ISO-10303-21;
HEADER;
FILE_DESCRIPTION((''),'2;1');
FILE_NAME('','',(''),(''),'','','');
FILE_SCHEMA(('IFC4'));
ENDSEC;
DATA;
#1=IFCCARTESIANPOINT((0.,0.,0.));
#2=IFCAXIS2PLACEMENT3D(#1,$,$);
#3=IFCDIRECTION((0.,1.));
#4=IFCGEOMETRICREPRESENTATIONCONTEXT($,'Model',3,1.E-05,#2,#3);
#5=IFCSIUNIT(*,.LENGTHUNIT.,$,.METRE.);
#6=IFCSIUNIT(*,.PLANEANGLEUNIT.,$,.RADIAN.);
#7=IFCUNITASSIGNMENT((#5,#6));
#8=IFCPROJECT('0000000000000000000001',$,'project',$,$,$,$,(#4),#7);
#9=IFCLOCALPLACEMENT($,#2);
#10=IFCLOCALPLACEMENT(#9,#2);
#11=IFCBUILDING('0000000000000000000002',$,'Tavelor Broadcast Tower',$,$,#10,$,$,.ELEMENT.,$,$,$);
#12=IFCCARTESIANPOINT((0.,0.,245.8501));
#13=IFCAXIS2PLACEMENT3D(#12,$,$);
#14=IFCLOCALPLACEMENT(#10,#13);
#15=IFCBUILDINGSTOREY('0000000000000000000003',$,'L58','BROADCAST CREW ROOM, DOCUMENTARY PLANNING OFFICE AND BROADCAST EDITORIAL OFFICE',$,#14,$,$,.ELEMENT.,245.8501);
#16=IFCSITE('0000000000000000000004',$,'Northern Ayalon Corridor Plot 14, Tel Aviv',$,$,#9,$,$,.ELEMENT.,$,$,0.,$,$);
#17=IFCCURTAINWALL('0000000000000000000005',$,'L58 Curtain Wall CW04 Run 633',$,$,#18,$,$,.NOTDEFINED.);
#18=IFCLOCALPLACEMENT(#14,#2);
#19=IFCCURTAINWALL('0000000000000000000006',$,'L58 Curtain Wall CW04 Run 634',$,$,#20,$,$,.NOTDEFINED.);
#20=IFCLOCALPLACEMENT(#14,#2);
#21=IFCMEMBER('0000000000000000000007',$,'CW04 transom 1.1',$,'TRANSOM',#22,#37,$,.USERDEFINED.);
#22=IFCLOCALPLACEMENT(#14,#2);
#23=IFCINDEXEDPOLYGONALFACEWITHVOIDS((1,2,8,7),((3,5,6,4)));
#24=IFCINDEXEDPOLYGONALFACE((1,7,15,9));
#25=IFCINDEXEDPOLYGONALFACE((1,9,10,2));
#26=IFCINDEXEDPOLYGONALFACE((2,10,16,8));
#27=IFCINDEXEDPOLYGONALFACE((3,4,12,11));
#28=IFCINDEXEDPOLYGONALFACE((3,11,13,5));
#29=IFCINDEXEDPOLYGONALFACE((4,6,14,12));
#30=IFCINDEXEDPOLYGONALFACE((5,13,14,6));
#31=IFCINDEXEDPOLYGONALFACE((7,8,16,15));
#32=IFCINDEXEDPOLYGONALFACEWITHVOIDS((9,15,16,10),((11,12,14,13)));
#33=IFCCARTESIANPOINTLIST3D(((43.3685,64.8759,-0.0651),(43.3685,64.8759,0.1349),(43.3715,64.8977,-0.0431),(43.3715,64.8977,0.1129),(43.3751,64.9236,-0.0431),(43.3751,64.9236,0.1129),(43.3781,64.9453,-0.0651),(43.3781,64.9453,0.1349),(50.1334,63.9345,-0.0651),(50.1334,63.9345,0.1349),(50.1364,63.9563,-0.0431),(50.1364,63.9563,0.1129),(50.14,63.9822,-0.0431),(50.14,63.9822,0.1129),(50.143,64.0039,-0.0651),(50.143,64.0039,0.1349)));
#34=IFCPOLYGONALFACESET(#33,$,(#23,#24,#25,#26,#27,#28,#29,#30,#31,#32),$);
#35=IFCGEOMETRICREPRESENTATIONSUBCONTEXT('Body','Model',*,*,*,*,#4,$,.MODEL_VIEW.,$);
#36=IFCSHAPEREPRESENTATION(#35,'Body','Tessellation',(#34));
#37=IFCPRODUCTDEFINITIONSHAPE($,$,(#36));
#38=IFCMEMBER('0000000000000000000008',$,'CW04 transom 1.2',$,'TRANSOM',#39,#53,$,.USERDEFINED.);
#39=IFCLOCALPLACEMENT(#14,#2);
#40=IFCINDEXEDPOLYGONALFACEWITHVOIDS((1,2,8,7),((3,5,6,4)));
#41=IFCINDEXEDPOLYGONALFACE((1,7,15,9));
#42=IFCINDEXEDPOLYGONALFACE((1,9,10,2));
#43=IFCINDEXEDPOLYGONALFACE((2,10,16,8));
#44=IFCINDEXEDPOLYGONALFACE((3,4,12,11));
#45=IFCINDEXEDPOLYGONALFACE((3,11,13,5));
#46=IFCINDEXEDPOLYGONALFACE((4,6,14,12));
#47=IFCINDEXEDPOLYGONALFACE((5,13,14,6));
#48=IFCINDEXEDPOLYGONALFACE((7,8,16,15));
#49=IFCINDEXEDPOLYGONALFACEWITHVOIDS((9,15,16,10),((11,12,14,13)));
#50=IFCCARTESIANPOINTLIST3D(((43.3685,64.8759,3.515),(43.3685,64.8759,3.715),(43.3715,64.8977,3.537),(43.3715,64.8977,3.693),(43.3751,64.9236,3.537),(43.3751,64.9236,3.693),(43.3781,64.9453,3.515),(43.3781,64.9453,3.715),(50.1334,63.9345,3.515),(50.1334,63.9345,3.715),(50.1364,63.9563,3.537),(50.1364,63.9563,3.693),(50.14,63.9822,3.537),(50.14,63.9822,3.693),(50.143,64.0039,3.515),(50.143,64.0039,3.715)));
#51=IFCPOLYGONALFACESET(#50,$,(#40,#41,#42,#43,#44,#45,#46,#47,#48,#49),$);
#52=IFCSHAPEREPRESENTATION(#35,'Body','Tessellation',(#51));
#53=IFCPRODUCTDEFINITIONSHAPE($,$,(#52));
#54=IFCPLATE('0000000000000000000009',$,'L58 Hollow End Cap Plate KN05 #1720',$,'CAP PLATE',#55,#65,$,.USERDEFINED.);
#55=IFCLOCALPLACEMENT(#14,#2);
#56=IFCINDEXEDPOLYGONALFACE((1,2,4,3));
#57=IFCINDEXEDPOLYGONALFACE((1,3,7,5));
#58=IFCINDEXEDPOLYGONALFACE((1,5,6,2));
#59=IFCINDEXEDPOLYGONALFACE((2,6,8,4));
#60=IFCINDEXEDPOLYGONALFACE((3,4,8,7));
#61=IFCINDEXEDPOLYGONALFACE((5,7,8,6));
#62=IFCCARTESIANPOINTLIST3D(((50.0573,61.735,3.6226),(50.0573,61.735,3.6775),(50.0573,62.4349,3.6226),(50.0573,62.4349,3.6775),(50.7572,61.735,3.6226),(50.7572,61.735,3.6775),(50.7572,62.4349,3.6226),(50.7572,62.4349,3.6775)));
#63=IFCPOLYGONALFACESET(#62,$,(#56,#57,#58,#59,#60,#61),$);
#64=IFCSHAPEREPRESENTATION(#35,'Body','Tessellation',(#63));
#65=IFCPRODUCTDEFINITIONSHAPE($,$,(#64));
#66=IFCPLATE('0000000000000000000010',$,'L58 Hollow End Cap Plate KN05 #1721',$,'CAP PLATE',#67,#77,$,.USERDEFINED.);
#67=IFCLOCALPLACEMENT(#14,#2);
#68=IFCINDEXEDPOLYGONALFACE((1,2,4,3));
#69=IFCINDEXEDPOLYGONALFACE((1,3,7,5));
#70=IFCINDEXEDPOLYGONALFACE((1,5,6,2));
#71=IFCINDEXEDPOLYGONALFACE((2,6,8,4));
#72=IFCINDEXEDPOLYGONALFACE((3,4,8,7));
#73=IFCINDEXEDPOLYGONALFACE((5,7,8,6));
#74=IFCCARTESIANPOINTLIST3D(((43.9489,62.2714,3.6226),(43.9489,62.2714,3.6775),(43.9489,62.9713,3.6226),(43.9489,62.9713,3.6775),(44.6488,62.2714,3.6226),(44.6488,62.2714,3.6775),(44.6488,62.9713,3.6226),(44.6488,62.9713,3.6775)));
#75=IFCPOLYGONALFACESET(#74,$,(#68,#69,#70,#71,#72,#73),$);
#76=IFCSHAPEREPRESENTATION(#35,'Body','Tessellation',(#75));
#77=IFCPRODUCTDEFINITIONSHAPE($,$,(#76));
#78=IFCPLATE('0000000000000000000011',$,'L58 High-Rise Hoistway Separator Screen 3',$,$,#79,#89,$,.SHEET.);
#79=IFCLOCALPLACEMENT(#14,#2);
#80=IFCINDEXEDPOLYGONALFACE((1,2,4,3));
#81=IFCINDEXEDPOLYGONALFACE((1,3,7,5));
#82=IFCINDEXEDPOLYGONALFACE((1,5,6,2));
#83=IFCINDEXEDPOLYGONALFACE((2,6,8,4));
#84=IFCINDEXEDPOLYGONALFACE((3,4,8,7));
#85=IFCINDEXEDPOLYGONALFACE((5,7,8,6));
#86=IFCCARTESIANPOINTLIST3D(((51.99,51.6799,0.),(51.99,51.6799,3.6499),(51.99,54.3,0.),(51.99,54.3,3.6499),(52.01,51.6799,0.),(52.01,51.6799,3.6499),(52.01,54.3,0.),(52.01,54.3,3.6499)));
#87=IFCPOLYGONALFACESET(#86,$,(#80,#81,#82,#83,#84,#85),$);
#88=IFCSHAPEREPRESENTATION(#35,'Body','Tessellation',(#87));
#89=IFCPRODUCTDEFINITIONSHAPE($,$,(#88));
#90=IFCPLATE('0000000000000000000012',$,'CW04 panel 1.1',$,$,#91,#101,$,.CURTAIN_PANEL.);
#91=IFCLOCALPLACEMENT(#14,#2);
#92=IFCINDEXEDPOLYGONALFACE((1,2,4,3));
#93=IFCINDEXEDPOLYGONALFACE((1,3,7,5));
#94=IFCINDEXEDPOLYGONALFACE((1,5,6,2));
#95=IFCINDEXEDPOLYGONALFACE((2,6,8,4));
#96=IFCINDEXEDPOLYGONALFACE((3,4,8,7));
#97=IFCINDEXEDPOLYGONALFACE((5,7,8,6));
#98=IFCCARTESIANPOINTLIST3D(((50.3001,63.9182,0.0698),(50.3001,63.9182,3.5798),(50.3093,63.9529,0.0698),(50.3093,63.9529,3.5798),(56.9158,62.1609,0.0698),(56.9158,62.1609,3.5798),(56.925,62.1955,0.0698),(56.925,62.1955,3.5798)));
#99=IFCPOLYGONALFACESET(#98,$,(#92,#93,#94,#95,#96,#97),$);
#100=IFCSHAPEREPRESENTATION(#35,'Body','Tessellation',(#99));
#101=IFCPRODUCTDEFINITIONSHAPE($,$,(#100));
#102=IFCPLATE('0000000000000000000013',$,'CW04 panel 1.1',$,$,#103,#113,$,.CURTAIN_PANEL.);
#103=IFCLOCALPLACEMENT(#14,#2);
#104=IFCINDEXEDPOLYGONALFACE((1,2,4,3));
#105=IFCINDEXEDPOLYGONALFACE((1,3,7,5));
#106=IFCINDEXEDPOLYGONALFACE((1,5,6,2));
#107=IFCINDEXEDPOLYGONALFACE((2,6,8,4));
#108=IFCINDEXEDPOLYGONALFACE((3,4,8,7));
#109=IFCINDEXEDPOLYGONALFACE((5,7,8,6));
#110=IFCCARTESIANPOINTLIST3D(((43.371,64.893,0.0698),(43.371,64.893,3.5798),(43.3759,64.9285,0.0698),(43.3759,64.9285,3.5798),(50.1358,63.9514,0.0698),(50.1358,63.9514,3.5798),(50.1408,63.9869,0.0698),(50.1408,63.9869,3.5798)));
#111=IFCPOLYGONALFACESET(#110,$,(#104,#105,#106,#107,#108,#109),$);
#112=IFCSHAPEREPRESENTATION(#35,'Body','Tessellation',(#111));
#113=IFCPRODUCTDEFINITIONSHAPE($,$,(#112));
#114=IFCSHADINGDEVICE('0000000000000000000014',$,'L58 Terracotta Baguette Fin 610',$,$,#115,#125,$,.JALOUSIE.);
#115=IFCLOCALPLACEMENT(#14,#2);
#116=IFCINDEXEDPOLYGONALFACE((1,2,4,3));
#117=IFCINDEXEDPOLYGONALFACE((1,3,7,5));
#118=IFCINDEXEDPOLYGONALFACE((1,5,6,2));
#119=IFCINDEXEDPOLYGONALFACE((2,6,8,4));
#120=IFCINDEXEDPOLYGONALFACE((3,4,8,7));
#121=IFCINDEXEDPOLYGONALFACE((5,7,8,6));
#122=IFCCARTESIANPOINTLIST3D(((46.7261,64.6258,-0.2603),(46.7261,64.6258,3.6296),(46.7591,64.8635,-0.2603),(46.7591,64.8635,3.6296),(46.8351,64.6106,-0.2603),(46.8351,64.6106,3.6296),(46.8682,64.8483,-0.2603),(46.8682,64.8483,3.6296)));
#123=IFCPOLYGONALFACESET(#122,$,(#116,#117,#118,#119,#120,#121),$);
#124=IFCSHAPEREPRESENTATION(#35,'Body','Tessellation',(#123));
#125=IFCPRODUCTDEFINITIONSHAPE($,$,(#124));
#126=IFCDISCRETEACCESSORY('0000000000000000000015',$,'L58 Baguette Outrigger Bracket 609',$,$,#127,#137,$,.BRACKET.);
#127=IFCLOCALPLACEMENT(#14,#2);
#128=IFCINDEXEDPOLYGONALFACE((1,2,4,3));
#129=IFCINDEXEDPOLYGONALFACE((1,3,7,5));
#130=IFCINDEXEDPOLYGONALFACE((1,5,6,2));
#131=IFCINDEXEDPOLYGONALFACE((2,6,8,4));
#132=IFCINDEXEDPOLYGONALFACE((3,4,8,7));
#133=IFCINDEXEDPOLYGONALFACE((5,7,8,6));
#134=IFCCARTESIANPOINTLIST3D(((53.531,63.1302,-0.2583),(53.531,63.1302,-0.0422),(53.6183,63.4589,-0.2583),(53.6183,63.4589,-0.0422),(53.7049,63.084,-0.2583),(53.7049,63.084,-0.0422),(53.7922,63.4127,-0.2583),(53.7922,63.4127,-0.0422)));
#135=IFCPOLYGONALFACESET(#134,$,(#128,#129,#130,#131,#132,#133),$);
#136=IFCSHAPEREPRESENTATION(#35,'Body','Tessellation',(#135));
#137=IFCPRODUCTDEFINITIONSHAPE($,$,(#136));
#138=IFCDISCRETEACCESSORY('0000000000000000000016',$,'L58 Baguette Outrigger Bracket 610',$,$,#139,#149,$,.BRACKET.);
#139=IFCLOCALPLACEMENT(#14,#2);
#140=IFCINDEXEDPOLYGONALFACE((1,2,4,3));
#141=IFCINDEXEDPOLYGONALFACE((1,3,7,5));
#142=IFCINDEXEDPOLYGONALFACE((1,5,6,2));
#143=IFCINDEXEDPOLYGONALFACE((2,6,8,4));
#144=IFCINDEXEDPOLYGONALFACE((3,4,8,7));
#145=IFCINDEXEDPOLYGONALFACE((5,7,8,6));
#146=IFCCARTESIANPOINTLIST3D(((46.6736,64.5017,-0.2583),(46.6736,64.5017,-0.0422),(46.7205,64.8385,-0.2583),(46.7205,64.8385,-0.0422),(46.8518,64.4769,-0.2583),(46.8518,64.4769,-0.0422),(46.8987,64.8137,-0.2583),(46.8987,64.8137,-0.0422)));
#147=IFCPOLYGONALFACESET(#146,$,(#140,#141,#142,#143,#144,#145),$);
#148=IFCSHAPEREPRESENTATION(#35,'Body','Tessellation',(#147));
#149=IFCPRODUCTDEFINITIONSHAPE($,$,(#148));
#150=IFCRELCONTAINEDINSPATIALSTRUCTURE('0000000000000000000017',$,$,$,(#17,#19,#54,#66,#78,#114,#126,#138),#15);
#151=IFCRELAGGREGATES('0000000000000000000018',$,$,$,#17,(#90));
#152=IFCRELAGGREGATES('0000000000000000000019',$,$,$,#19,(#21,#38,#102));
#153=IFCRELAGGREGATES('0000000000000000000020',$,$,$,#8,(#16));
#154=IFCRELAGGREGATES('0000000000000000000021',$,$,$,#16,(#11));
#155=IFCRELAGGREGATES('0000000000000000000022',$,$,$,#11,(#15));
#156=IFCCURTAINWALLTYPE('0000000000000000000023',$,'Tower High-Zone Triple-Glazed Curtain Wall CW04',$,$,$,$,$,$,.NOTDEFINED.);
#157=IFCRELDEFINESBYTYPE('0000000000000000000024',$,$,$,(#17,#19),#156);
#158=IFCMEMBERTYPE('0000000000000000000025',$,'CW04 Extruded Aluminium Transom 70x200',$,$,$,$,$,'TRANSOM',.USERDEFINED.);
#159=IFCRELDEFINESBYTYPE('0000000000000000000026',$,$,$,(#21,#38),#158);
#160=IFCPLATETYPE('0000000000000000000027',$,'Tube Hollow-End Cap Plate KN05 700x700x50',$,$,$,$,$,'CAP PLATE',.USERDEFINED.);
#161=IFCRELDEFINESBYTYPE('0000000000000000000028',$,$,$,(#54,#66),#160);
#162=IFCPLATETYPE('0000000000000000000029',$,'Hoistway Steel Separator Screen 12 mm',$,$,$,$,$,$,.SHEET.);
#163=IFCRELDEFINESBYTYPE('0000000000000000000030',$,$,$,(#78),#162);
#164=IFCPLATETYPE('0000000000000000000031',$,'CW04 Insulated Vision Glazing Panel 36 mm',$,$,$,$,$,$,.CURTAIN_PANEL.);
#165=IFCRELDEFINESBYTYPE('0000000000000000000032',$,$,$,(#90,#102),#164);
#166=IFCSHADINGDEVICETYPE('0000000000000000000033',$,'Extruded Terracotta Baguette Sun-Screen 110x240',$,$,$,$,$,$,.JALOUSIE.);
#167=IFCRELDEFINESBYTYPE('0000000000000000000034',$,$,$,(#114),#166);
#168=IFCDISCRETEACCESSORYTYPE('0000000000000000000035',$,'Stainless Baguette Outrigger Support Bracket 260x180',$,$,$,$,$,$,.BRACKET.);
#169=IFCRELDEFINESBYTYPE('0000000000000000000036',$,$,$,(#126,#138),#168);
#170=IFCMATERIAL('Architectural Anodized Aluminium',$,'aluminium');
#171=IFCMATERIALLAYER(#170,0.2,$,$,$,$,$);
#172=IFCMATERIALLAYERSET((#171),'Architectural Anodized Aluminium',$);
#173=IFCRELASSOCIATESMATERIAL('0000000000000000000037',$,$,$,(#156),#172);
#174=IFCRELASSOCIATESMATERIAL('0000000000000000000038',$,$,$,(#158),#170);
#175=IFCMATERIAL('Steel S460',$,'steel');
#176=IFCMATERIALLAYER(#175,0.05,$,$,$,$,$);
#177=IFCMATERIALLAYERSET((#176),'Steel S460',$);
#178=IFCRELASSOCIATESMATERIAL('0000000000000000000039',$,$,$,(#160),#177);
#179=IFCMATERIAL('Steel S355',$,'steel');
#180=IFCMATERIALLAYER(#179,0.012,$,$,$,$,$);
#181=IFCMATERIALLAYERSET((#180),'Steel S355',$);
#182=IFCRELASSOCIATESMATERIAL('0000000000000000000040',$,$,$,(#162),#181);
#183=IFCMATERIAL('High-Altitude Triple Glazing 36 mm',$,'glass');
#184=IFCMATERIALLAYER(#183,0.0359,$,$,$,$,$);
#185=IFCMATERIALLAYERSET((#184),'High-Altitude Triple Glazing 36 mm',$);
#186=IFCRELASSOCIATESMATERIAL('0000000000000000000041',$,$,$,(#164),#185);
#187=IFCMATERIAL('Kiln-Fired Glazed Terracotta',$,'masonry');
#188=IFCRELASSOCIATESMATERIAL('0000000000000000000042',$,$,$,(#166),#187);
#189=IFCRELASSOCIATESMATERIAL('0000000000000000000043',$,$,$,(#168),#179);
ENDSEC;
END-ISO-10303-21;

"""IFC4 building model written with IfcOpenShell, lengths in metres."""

from ifc_helpers import new_model, si_unit, direction, frame, origin, origin_2d, place, context, subcontext, project, spatial, rectangle, hollow_rectangle, extrude, source, transform, mapped, material, layer, layer_set, material_profile, profile_set, type_object, type_shapes, element, aggregate, save


model = new_model("IFC4")

# Units and contexts
model_context = context("Model", 3, precision=1e-05, world=origin(), true_north=direction((0.0, 1.0)))
body_context = subcontext(model_context, "Body", "Model", "MODEL_VIEW")
ifc_project = project(units=[si_unit("LENGTHUNIT", "METRE"), si_unit("PLANEANGLEUNIT", "RADIAN")], contexts=[model_context])

# Site, building, storey
site_placement = place(None, origin())
site = spatial("IfcSite", under=ifc_project, at=site_placement, Name="Northern Ayalon Corridor Plot 14, Tel Aviv", CompositionType="ELEMENT", RefElevation=0.0)
building_placement = place(site_placement, origin())
building = spatial("IfcBuilding", under=site, at=building_placement, Name="Tavelor Broadcast Tower", CompositionType="ELEMENT")
storey_placement = place(building_placement, frame((0.0, 0.0, 245.8501)))
storey = spatial("IfcBuildingStorey", under=building, at=storey_placement, Name="L58", Description="BROADCAST CREW ROOM, DOCUMENTARY PLANNING OFFICE AND BROADCAST EDITORIAL OFFICE", CompositionType="ELEMENT", Elevation=245.8501)

# Shared definitions
ifc_material_1 = material(Name="Steel S460", Category="steel")

# Shared definitions
ifc_material_2 = material(Name="Steel S355", Category="steel")

# Curtain wall
ifc_material_3 = material(Name="Architectural Anodized Aluminium", Category="aluminium")
ifc_layer_1 = layer(ifc_material_3, 0.2)
ifc_layer_set_1 = layer_set([ifc_layer_1], Name="Architectural Anodized Aluminium")
curtain_wall_type = type_object("IfcCurtainWallType", Name="Tower High-Zone Triple-Glazed Curtain Wall CW04", PredefinedType="NOTDEFINED", material=ifc_layer_set_1)
curtain_wall_1_placement = place(storey_placement, origin())
curtain_wall_1 = element("IfcCurtainWall", 1, at=curtain_wall_1_placement, inside=storey, type_object=curtain_wall_type, Name="L58 Curtain Wall CW04 Run 633", PredefinedType="NOTDEFINED")

# Curtain wall, members
curtain_wall_2_placement = place(storey_placement, origin())
curtain_wall_2 = element("IfcCurtainWall", 2, at=curtain_wall_2_placement, inside=storey, type_object=curtain_wall_type, Name="L58 Curtain Wall CW04 Run 634", PredefinedType="NOTDEFINED")
ifc_material_profile_1 = material_profile(ifc_material_3, hollow_rectangle(XDim=0.0701, YDim=0.2, WallThickness=0.022, at=origin_2d()), Name="RHS 70x200x22")
ifc_profile_set_1 = profile_set([ifc_material_profile_1], Name="Architectural Anodized Aluminium")
member_type_1 = type_object("IfcMemberType", Name="CW04 Extruded Aluminium Transom 70x200", ElementType="TRANSOM", PredefinedType="USERDEFINED", material=ifc_profile_set_1)
shared_shape_1 = source(origin(), body_context, "Body", "SweptSolid", [
    extrude(hollow_rectangle(XDim=0.0701, YDim=0.2, WallThickness=0.022, at=origin_2d()), origin(), (0.0, 0.0, 1.0), 6.8301),
])
type_shapes(member_type_1, [shared_shape_1])
member_1_placement = place(storey_placement, frame((50.1382, 63.9692, 0.0349), z_axis=(-0.990456, 0.137832, 0.0), x_axis=(-0.137832, -0.990456, 0.0)))
member_1 = element("IfcMember", 3, at=member_1_placement, type_object=member_type_1, Name="CW04 transom 1.1", ObjectType="TRANSOM", PredefinedType="USERDEFINED", context=body_context, shape_type="MappedRepresentation", body=[
    mapped(shared_shape_1, transform((0.0, 0.0, 0.0), scale=1.0)),
])
member_2_placement = place(storey_placement, frame((50.1382, 63.9692, 3.615), z_axis=(-0.990456, 0.137832, 0.0), x_axis=(-0.137832, -0.990456, 0.0)))
member_2 = element("IfcMember", 4, at=member_2_placement, type_object=member_type_1, Name="CW04 transom 1.2", ObjectType="TRANSOM", PredefinedType="USERDEFINED", context=body_context, shape_type="MappedRepresentation", body=[
    mapped(shared_shape_1, transform((0.0, 0.0, 0.0), scale=1.0)),
])

# Plates
ifc_layer_2 = layer(ifc_material_1, 0.05)
ifc_layer_set_2 = layer_set([ifc_layer_2], Name="Steel S460")
plate_type_1 = type_object("IfcPlateType", Name="Tube Hollow-End Cap Plate KN05 700x700x50", ElementType="CAP PLATE", PredefinedType="USERDEFINED", material=ifc_layer_set_2)
shared_shape_2 = source(origin(), body_context, "Body", "SweptSolid", [
    extrude(rectangle(XDim=0.7, YDim=0.7, at=origin_2d()), origin(), (0.0, 0.0, 1.0), 0.0549),
])
type_shapes(plate_type_1, [shared_shape_2])
for number, where, z_axis, x_axis, name in (
    (5, (50.4072, 62.085, 3.6226), (0.0, 0.0, 1.0), (1.0, 0.0, 0.0), "L58 Hollow End Cap Plate KN05 #1720"),
    (6, (44.2988, 62.6213, 3.6226), (0.0, 0.0, 1.0), (1.0, 0.0, 0.0), "L58 Hollow End Cap Plate KN05 #1721"),
):
    element("IfcPlate", number, at=place(storey_placement, frame(where, z_axis=z_axis, x_axis=x_axis)), inside=storey, type_object=plate_type_1, Name=name, ObjectType="CAP PLATE", PredefinedType="USERDEFINED", context=body_context, shape_type="MappedRepresentation", body=[
        mapped(shared_shape_2, transform((0.0, 0.0, 0.0), scale=1.0)),
    ])
ifc_layer_3 = layer(ifc_material_2, 0.012)
ifc_layer_set_3 = layer_set([ifc_layer_3], Name="Steel S355")
plate_type_2 = type_object("IfcPlateType", Name="Hoistway Steel Separator Screen 12 mm", PredefinedType="SHEET", material=ifc_layer_set_3)
shared_shape_3 = source(origin(), body_context, "Body", "SweptSolid", [
    extrude(rectangle(XDim=0.02, YDim=2.6201, at=origin_2d()), origin(), (0.0, 0.0, 1.0), 3.6499),
])
type_shapes(plate_type_2, [shared_shape_3])
plate_1_placement = place(storey_placement, frame((52.0, 52.99, 0.0), z_axis=(0.0, 0.0, 1.0), x_axis=(1.0, 0.0, 0.0)))
element("IfcPlate", 7, at=plate_1_placement, inside=storey, type_object=plate_type_2, Name="L58 High-Rise Hoistway Separator Screen 3", PredefinedType="SHEET", context=body_context, shape_type="MappedRepresentation", body=[
    mapped(shared_shape_3, transform((0.0, 0.0, 0.0), scale=1.0)),
])

# Plates
ifc_material_4 = material(Name="High-Altitude Triple Glazing 36 mm", Category="glass")
ifc_layer_4 = layer(ifc_material_4, 0.0359)
ifc_layer_set_4 = layer_set([ifc_layer_4], Name="High-Altitude Triple Glazing 36 mm")
plate_type_3 = type_object("IfcPlateType", Name="CW04 Insulated Vision Glazing Panel 36 mm", PredefinedType="CURTAIN_PANEL", material=ifc_layer_set_4)
shared_shape_4 = source(origin(), body_context, "Body", "SweptSolid", [
    extrude(rectangle(XDim=6.8452, YDim=0.0359, at=origin_2d()), origin(), (0.0, 0.0, 1.0), 3.51),
])
plate_2_placement = place(storey_placement, frame((53.6125, 63.0569, 0.0698), z_axis=(0.0, 0.0, 1.0), x_axis=(-0.966483, 0.256731, 0.0)))
plate_2 = element("IfcPlate", 8, at=plate_2_placement, type_object=plate_type_3, Name="CW04 panel 1.1", PredefinedType="CURTAIN_PANEL", context=body_context, shape_type="MappedRepresentation", body=[
    mapped(shared_shape_4, transform((0.0, 0.0, 0.0), scale=1.0)),
])
aggregate(curtain_wall_1, [plate_2])
shared_shape_5 = source(origin(), body_context, "Body", "SweptSolid", [
    extrude(rectangle(XDim=6.8301, YDim=0.0359, at=origin_2d()), origin(), (0.0, 0.0, 1.0), 3.51),
])
type_shapes(plate_type_3, [shared_shape_4, shared_shape_5])
plate_3_placement = place(storey_placement, frame((46.7559, 64.4399, 0.0698), z_axis=(0.0, 0.0, 1.0), x_axis=(-0.990452, 0.137859, 0.0)))
plate_3 = element("IfcPlate", 9, at=plate_3_placement, type_object=plate_type_3, Name="CW04 panel 1.1", PredefinedType="CURTAIN_PANEL", context=body_context, shape_type="MappedRepresentation", body=[
    mapped(shared_shape_5, transform((0.0, 0.0, 0.0), scale=1.0)),
])
aggregate(curtain_wall_2, [member_1, member_2, plate_3])

# Shading device
ifc_material_5 = material(Name="Kiln-Fired Glazed Terracotta", Category="masonry")
shading_device_type = type_object("IfcShadingDeviceType", Name="Extruded Terracotta Baguette Sun-Screen 110x240", PredefinedType="JALOUSIE", material=ifc_material_5)
shared_shape_6 = source(origin(), body_context, "Body", "SweptSolid", [
    extrude(rectangle(XDim=0.1101, YDim=0.24, at=origin_2d()), origin(), (0.0, 0.0, 1.0), 3.8899),
])
type_shapes(shading_device_type, [shared_shape_6])
shading_device_placement = place(storey_placement, frame((46.7971, 64.7371, -0.2603), z_axis=(0.0, 0.0, 1.0), x_axis=(-0.990461, 0.13779, 0.0)))
element("IfcShadingDevice", 10, at=shading_device_placement, inside=storey, type_object=shading_device_type, Name="L58 Terracotta Baguette Fin 610", PredefinedType="JALOUSIE", context=body_context, shape_type="MappedRepresentation", body=[
    mapped(shared_shape_6, transform((0.0, 0.0, 0.0), scale=1.0)),
])

# Discrete accessories
discrete_accessory_type = type_object("IfcDiscreteAccessoryType", Name="Stainless Baguette Outrigger Support Bracket 260x180", PredefinedType="BRACKET", material=ifc_material_2)
shared_shape_7 = source(origin(), body_context, "Body", "SweptSolid", [
    extrude(rectangle(XDim=0.1799, YDim=0.3401, at=origin_2d()), origin(), (0.0, 0.0, 1.0), 0.2161),
])
type_shapes(discrete_accessory_type, [shared_shape_7])
for number, where, z_axis, x_axis, name in (
    (11, (53.6616, 63.2715, -0.2583), (0.0, 0.0, 1.0), (-0.966466, 0.256795, 0.0), "L58 Baguette Outrigger Bracket 609"),
    (12, (46.7861, 64.6577, -0.2583), (0.0, 0.0, 1.0), (-0.990461, 0.13779, 0.0), "L58 Baguette Outrigger Bracket 610"),
):
    element("IfcDiscreteAccessory", number, at=place(storey_placement, frame(where, z_axis=z_axis, x_axis=x_axis)), inside=storey, type_object=discrete_accessory_type, Name=name, PredefinedType="BRACKET", context=body_context, shape_type="MappedRepresentation", body=[
        mapped(shared_shape_7, transform((0.0, 0.0, 0.0), scale=1.0)),
    ])

save(model, "model.ifc")
